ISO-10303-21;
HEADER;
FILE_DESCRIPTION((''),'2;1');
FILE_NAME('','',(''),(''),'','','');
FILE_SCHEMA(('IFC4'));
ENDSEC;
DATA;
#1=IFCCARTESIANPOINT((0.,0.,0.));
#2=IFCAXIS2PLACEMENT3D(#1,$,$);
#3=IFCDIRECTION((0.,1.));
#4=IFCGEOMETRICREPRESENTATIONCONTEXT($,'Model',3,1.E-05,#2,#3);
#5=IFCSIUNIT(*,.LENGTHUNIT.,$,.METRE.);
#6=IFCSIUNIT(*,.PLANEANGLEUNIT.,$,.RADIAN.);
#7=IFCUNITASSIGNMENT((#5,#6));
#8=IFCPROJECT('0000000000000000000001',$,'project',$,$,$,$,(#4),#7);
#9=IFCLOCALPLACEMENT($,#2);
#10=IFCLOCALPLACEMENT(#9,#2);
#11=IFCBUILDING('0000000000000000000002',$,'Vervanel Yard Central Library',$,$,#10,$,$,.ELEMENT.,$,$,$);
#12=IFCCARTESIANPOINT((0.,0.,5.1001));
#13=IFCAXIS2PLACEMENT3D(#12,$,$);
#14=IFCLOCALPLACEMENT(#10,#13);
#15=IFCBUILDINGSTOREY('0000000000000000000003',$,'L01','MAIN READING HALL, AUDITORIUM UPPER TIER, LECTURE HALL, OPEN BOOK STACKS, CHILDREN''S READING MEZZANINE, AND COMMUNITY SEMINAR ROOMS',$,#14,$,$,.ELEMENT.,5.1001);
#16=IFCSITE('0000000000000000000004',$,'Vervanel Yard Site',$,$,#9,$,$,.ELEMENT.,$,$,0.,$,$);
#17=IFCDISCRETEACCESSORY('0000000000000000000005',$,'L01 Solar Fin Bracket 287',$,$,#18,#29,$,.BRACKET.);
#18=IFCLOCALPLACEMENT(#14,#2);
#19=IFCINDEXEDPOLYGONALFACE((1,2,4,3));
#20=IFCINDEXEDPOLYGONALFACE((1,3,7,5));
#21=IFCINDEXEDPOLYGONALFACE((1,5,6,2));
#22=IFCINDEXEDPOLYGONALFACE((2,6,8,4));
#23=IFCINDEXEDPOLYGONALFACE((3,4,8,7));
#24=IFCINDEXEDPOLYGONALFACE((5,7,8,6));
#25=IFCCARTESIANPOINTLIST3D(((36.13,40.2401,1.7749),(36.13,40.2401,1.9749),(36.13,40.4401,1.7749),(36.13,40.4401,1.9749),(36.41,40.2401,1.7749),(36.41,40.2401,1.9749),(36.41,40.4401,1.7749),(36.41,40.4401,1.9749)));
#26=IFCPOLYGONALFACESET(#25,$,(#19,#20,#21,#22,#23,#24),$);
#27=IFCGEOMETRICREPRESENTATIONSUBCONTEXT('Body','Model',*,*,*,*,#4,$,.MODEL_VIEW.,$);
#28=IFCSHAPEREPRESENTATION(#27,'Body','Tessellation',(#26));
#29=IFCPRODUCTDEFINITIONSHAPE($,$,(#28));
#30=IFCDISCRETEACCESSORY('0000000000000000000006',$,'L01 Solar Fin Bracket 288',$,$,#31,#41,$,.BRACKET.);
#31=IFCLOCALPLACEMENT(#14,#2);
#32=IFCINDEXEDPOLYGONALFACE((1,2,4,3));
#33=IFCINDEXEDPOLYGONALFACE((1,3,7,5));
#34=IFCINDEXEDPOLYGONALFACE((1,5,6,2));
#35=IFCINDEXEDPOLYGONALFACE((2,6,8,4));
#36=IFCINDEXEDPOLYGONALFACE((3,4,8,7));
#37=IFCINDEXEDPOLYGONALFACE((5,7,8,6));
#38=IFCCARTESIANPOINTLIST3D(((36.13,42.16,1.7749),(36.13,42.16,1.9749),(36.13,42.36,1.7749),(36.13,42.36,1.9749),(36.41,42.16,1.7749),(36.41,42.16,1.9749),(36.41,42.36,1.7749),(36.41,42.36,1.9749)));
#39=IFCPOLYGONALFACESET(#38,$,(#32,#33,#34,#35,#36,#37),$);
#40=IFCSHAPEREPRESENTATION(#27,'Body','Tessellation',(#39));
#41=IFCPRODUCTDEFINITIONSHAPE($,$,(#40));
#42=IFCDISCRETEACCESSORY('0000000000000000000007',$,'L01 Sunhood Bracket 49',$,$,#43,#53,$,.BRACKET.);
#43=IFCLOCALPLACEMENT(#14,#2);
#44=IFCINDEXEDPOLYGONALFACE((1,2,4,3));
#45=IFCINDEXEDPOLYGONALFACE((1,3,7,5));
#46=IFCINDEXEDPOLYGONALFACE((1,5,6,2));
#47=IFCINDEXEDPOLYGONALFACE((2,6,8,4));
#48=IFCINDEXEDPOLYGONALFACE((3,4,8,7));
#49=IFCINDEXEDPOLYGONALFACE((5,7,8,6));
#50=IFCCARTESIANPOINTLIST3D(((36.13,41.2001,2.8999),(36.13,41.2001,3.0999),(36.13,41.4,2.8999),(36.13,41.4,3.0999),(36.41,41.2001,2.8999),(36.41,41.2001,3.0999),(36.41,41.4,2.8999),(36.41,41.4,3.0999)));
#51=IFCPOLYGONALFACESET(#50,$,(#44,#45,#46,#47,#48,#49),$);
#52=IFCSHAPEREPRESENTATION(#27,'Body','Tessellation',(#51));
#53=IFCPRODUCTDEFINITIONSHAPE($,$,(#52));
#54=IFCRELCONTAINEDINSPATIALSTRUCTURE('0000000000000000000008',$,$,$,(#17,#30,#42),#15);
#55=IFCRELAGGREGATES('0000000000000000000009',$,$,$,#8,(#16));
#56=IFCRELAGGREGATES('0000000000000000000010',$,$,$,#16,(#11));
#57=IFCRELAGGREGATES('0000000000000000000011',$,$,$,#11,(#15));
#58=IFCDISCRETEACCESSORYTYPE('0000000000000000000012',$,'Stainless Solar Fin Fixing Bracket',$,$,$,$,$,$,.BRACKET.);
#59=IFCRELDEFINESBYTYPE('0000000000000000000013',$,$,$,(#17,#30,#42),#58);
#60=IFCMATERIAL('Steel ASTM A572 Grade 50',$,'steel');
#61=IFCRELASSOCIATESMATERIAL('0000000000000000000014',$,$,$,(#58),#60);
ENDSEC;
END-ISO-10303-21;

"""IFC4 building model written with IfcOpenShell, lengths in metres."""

from ifc_helpers import new_model, si_unit, direction, frame, origin, origin_2d, place, context, subcontext, project, spatial, rectangle, extrude, material, type_object, element, save


model = new_model("IFC4")

# Units and contexts
model_context = context("Model", 3, precision=1e-05, world=origin(), true_north=direction((0.0, 1.0)))
body_context = subcontext(model_context, "Body", "Model", "MODEL_VIEW")
ifc_project = project(units=[si_unit("LENGTHUNIT", "METRE"), si_unit("PLANEANGLEUNIT", "RADIAN")], contexts=[model_context])

# Site, building, storey
site_placement = place(None, origin())
site = spatial("IfcSite", under=ifc_project, at=site_placement, Name="Vervanel Yard Site", CompositionType="ELEMENT", RefElevation=0.0)
building_placement = place(site_placement, origin())
building = spatial("IfcBuilding", under=site, at=building_placement, Name="Vervanel Yard Central Library", CompositionType="ELEMENT")
storey_placement = place(building_placement, frame((0.0, 0.0, 5.1001)))
storey = spatial("IfcBuildingStorey", under=building, at=storey_placement, Name="L01", Description="MAIN READING HALL, AUDITORIUM UPPER TIER, LECTURE HALL, OPEN BOOK STACKS, CHILDREN'S READING MEZZANINE, AND COMMUNITY SEMINAR ROOMS", CompositionType="ELEMENT", Elevation=5.1001)

# Discrete accessories
ifc_material_1 = material(Name="Steel ASTM A572 Grade 50", Category="steel")
discrete_accessory_type = type_object("IfcDiscreteAccessoryType", Name="Stainless Solar Fin Fixing Bracket", PredefinedType="BRACKET", material=ifc_material_1)
for number, where, z_axis, x_axis, name in (
    (1, (36.27, 40.3401, 1.7749), (0.0, 0.0, 1.0), (0.0, 1.0, 0.0), "L01 Solar Fin Bracket 287"),
    (2, (36.27, 42.26, 1.7749), (0.0, 0.0, 1.0), (0.0, 1.0, 0.0), "L01 Solar Fin Bracket 288"),
    (3, (36.27, 41.3, 2.8999), (0.0, 0.0, 1.0), (0.0, 1.0, 0.0), "L01 Sunhood Bracket 49"),
):
    element("IfcDiscreteAccessory", number, at=place(storey_placement, frame(where, z_axis=z_axis, x_axis=x_axis)), inside=storey, type_object=discrete_accessory_type, Name=name, PredefinedType="BRACKET", context=body_context, shape_type="SweptSolid", body=[
        extrude(rectangle(XDim=0.2, YDim=0.28, at=origin_2d()), origin(), (0.0, 0.0, 1.0), 0.2),
    ])

save(model, "model.ifc")
